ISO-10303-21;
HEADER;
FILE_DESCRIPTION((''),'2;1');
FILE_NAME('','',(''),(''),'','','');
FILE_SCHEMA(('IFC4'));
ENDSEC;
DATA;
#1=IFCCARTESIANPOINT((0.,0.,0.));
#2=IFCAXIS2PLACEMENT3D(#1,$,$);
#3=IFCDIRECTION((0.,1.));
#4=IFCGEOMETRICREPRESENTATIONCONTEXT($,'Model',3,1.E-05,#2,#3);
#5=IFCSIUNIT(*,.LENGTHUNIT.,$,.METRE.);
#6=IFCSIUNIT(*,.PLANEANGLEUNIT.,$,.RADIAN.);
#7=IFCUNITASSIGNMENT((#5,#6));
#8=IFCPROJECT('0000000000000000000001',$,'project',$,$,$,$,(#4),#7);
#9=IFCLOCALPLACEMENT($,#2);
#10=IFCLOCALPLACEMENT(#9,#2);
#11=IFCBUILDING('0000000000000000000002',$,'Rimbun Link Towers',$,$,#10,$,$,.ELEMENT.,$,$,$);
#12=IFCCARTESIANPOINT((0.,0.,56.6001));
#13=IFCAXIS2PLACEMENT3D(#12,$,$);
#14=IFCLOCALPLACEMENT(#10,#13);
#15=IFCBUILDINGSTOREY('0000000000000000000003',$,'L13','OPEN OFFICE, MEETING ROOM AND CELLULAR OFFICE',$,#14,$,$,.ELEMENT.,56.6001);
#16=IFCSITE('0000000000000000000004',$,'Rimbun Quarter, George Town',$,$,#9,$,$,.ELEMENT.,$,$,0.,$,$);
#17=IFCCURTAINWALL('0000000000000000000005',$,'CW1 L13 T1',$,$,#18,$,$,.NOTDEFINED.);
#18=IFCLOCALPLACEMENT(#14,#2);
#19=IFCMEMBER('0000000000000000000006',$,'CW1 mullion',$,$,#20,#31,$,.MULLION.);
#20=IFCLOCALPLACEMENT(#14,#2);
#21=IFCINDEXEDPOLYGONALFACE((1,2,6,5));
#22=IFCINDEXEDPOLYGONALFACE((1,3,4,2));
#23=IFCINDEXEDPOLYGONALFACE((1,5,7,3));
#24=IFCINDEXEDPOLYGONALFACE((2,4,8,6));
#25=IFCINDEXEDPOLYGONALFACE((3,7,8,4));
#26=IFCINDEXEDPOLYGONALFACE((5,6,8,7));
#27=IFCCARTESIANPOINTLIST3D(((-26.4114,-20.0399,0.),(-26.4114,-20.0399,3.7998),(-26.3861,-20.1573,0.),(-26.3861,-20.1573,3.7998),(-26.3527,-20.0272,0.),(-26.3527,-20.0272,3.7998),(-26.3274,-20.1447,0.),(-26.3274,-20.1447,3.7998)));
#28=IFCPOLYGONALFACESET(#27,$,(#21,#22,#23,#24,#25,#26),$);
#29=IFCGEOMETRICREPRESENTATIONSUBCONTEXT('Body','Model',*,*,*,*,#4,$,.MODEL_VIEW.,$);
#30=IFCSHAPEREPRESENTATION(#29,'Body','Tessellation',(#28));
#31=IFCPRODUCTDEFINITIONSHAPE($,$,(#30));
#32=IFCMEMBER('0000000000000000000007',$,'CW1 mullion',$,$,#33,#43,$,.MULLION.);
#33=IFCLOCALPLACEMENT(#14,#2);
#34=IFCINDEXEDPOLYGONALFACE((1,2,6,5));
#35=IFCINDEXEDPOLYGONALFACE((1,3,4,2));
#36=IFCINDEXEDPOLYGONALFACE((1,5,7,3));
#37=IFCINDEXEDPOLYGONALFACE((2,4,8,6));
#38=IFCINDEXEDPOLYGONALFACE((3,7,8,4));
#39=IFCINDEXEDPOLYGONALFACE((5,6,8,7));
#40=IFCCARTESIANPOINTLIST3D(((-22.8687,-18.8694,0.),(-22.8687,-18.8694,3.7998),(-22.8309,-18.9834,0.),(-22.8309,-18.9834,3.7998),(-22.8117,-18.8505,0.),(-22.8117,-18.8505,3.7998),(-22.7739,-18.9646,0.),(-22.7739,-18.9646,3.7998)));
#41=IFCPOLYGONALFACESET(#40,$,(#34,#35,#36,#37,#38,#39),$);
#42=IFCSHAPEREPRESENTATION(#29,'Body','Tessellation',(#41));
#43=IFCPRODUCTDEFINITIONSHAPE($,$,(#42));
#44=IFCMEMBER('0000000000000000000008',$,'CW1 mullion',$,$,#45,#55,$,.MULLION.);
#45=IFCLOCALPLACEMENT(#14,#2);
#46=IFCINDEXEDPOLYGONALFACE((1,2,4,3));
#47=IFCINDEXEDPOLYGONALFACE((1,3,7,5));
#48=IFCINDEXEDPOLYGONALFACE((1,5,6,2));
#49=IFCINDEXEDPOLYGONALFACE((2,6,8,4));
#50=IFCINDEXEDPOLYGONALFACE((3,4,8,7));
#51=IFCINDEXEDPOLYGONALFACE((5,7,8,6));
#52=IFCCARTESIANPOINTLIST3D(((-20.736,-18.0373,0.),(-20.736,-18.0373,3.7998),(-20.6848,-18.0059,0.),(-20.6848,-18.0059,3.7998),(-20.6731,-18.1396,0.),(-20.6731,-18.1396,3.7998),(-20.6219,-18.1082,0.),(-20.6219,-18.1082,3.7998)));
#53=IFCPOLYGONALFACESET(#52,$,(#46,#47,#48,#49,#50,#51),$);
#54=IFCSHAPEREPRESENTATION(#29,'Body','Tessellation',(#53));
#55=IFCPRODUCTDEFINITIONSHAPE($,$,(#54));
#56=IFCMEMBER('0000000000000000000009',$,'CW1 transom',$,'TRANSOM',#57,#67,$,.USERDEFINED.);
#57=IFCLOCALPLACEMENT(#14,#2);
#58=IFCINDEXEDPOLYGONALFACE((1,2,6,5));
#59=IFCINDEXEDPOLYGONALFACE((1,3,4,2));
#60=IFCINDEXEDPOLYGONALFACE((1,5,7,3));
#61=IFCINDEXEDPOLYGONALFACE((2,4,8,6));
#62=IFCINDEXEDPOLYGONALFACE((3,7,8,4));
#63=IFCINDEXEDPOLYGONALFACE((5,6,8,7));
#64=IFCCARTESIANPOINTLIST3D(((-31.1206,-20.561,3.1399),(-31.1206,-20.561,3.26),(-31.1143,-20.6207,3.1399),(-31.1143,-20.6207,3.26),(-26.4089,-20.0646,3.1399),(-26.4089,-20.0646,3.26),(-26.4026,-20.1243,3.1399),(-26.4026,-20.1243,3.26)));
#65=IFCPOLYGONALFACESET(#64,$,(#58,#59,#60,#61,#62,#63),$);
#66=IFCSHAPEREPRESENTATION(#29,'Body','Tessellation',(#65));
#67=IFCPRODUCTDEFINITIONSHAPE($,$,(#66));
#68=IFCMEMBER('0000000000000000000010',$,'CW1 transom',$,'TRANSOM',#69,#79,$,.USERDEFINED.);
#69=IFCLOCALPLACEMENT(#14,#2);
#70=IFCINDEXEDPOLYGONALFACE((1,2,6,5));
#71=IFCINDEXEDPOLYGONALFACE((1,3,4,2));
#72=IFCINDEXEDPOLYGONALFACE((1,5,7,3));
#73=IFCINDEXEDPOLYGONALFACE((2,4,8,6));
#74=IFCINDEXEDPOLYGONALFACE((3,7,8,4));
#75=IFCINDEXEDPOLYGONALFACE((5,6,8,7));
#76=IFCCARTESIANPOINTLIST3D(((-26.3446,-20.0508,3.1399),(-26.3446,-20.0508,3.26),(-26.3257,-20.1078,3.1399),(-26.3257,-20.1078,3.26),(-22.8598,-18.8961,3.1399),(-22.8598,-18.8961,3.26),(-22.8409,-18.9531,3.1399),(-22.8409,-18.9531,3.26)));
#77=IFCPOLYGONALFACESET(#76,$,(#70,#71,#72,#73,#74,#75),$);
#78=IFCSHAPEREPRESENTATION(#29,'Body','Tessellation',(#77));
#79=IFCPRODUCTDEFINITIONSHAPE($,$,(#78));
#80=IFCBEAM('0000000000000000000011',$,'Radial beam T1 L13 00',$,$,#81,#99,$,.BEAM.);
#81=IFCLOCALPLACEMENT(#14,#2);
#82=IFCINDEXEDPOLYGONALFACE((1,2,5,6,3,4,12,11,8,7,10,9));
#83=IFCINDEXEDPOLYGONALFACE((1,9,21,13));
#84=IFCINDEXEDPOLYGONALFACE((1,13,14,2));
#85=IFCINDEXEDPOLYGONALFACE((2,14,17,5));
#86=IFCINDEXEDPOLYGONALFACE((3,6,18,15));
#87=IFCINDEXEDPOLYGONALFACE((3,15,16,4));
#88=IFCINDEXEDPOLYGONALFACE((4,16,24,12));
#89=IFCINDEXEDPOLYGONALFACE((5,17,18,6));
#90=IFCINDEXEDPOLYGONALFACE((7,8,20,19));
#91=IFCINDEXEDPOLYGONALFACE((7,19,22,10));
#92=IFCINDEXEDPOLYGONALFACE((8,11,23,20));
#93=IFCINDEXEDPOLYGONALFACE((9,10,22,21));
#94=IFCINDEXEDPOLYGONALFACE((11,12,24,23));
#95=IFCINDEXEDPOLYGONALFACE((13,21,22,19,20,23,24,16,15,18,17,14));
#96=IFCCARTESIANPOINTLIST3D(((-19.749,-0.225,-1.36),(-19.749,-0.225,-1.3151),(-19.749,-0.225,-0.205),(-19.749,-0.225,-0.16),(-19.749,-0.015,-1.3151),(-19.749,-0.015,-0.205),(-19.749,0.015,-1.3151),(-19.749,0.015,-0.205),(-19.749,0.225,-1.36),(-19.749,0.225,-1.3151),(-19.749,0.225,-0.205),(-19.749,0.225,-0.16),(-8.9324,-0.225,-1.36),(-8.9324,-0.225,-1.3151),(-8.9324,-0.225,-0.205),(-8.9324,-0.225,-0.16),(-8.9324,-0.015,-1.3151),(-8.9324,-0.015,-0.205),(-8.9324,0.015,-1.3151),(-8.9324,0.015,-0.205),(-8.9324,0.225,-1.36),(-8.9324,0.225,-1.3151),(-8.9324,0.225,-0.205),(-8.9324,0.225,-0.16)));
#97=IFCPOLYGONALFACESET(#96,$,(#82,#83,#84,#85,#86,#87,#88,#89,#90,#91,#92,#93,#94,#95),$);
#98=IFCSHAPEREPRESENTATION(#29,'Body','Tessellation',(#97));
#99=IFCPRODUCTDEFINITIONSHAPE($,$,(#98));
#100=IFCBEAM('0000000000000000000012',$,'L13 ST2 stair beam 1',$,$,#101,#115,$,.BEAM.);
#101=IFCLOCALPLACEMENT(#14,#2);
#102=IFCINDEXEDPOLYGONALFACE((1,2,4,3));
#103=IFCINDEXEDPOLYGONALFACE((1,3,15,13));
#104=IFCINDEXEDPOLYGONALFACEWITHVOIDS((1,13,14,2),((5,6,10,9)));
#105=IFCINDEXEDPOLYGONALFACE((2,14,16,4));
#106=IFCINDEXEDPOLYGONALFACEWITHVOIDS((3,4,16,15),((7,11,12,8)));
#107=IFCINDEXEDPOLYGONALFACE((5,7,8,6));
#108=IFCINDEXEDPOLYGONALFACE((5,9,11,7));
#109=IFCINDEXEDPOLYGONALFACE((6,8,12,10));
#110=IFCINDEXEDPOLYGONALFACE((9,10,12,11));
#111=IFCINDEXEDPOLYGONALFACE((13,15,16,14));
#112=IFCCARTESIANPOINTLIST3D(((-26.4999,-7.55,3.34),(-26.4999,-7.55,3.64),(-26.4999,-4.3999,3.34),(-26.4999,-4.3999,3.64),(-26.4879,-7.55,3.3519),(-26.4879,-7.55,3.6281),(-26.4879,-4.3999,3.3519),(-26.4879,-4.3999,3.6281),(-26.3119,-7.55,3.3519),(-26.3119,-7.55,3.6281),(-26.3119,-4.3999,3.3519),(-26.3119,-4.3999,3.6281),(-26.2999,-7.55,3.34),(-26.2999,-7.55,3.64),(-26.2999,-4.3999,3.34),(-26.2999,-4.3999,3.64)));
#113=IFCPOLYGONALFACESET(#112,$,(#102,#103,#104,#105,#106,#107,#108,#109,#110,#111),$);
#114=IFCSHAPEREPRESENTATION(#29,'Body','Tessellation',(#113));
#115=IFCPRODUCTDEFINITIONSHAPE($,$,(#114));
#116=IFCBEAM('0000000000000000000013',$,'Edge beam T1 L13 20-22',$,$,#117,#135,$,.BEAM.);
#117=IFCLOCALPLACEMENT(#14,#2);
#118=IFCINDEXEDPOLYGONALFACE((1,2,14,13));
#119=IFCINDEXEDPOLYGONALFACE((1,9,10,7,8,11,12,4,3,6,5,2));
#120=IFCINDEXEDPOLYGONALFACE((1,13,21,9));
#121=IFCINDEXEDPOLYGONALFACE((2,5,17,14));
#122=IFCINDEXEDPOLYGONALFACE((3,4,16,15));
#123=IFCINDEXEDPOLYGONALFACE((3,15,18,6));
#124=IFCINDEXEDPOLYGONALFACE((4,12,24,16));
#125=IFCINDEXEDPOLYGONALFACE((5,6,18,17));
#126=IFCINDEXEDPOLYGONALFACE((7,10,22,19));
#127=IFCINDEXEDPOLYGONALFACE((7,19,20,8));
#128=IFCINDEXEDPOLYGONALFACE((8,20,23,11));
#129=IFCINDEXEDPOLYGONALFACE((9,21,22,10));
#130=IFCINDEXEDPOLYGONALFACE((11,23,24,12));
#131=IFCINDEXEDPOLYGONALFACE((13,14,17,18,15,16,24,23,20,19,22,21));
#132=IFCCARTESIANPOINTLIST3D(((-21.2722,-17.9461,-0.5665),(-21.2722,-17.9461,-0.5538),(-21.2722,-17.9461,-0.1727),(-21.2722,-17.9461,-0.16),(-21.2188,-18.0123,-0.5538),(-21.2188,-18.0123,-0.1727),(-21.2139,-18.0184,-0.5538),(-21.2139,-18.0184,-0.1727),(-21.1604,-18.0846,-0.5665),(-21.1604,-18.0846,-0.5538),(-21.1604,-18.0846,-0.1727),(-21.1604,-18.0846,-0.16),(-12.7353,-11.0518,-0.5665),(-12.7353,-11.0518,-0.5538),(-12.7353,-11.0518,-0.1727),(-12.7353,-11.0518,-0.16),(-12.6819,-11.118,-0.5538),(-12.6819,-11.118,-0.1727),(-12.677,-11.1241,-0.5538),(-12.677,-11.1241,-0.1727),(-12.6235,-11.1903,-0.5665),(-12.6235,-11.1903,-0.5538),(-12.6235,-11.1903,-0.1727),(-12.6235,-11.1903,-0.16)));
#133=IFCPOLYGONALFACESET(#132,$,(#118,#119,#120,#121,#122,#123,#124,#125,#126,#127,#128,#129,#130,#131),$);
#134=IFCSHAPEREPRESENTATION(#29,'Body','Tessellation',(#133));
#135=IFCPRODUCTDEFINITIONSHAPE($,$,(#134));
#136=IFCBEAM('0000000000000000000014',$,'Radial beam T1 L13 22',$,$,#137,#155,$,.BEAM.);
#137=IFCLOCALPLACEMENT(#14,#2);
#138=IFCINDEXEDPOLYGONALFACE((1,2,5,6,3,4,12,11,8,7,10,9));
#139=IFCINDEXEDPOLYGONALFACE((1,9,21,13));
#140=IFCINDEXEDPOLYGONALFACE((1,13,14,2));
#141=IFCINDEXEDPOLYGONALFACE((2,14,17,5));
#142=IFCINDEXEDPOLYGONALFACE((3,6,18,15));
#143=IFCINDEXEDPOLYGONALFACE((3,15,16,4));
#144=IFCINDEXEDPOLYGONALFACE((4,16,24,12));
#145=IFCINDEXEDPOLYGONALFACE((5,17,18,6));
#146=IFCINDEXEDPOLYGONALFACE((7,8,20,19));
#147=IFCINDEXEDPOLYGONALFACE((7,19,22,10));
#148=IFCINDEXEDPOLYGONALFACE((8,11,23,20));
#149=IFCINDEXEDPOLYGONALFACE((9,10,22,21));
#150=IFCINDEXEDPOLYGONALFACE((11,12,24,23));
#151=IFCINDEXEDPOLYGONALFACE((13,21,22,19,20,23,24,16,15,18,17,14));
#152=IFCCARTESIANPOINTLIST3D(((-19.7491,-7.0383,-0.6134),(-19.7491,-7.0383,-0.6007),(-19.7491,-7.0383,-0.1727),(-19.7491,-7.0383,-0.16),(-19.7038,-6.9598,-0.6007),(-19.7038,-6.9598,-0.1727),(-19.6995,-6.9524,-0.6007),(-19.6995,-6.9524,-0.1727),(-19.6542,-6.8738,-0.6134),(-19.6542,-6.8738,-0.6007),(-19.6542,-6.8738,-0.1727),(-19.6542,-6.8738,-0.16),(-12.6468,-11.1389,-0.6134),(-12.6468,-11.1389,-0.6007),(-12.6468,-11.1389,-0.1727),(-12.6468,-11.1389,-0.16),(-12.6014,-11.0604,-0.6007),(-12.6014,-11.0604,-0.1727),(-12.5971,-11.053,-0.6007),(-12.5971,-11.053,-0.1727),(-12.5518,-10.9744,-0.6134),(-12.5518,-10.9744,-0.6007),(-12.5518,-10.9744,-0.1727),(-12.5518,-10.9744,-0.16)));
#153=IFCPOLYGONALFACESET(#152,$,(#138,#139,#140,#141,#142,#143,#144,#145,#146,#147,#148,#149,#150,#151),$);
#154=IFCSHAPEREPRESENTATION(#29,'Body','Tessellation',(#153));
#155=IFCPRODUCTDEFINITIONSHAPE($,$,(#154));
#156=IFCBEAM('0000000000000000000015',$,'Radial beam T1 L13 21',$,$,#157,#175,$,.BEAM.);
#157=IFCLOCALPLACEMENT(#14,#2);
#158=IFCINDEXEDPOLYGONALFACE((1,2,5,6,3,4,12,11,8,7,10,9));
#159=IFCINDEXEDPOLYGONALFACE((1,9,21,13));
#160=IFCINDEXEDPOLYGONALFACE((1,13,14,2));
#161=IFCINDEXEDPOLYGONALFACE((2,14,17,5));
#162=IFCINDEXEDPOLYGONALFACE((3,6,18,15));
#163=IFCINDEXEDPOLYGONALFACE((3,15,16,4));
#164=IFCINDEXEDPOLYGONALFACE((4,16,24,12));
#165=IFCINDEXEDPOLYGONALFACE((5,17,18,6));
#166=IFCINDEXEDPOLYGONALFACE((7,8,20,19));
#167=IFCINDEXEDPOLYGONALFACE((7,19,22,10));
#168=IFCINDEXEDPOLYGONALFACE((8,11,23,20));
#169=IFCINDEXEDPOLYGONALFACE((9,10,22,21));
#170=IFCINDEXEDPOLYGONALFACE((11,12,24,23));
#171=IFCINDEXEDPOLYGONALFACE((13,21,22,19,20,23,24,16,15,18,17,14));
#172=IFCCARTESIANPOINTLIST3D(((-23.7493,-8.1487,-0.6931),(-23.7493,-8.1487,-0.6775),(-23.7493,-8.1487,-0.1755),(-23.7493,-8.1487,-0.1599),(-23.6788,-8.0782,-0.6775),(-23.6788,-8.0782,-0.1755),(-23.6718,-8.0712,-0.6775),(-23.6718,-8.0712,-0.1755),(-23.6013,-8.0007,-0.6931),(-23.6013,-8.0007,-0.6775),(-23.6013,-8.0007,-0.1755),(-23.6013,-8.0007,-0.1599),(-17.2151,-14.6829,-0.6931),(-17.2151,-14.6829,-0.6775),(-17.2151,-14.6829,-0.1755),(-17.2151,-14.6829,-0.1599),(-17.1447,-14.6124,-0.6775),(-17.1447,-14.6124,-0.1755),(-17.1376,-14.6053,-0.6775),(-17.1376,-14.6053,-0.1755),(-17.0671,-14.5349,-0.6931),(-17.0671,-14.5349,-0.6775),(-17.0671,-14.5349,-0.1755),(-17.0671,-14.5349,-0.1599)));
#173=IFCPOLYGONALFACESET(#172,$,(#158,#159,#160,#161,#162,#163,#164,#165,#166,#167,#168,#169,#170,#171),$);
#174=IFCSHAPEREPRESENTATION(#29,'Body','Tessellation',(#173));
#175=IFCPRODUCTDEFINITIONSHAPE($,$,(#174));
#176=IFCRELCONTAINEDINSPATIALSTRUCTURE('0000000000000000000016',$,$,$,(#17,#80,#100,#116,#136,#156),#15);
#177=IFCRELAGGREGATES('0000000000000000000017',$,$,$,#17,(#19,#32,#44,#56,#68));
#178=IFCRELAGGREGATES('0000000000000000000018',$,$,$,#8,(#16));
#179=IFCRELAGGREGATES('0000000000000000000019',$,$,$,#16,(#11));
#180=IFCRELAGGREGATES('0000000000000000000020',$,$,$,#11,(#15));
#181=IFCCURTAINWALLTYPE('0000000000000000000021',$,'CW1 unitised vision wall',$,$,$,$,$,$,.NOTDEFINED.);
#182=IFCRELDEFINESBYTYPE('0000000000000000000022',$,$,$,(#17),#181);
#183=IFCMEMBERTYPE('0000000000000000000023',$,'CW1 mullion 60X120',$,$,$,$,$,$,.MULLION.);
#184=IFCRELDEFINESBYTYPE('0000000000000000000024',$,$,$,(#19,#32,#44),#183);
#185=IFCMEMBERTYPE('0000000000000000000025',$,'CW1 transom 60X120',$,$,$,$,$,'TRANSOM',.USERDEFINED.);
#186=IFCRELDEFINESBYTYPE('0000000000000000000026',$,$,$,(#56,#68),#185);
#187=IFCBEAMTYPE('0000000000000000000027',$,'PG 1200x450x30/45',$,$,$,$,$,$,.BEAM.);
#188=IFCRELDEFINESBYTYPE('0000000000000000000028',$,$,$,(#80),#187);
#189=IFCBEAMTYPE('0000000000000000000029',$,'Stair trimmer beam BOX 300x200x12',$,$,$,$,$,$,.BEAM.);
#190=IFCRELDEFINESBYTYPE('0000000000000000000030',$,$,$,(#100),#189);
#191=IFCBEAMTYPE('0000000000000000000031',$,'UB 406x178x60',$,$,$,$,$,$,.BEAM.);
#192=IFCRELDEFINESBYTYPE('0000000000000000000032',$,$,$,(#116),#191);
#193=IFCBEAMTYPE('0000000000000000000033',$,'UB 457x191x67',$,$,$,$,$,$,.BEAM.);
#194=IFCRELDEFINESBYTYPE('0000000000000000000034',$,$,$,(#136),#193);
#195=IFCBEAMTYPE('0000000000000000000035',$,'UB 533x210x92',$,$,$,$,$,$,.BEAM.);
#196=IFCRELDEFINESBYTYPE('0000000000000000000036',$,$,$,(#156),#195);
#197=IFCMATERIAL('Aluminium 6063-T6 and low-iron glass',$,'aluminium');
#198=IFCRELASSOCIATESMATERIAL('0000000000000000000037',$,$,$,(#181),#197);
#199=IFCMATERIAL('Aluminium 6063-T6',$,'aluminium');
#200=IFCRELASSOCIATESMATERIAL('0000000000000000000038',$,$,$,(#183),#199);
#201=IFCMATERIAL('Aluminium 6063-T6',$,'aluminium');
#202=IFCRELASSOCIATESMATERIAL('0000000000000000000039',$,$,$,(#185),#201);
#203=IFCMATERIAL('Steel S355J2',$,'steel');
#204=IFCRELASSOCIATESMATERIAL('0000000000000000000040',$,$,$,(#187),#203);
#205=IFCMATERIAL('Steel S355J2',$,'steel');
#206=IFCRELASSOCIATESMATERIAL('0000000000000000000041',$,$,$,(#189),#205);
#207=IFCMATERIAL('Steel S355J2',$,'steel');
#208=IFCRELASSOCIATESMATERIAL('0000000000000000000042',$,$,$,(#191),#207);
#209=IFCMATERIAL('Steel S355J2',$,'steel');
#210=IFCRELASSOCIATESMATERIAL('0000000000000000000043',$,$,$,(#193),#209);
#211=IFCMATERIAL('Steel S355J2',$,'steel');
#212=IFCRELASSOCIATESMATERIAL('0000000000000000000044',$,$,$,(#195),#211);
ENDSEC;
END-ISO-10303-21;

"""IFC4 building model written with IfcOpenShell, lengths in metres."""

from ifc_helpers import new_model, si_unit, direction, frame, origin, origin_2d, place, context, subcontext, project, spatial, rectangle, hollow_rectangle, i_section, extrude, material, material_profile, profile_set, type_object, element, aggregate, save


model = new_model("IFC4")

# Units and contexts
model_context = context("Model", 3, precision=1e-05, world=origin(), true_north=direction((0.0, 1.0)))
body_context = subcontext(model_context, "Body", "Model", "MODEL_VIEW")
ifc_project = project(units=[si_unit("LENGTHUNIT", "METRE"), si_unit("PLANEANGLEUNIT", "RADIAN")], contexts=[model_context])

# Site, building, storey
site_placement = place(None, origin())
site = spatial("IfcSite", under=ifc_project, at=site_placement, Name="Rimbun Quarter, George Town", CompositionType="ELEMENT", RefElevation=0.0)
building_placement = place(site_placement, origin())
building = spatial("IfcBuilding", under=site, at=building_placement, Name="Rimbun Link Towers", CompositionType="ELEMENT")
storey_placement = place(building_placement, frame((0.0, 0.0, 56.6001)))
storey = spatial("IfcBuildingStorey", under=building, at=storey_placement, Name="L13", Description="OPEN OFFICE, MEETING ROOM AND CELLULAR OFFICE", CompositionType="ELEMENT", Elevation=56.6001)

# Curtain wall, members
ifc_material_1 = material(Name="Aluminium 6063-T6 and low-iron glass", Category="aluminium")
curtain_wall_type = type_object("IfcCurtainWallType", Name="CW1 unitised vision wall", PredefinedType="NOTDEFINED", material=ifc_material_1)
curtain_wall_placement = place(storey_placement, origin())
curtain_wall = element("IfcCurtainWall", 1, at=curtain_wall_placement, inside=storey, type_object=curtain_wall_type, Name="CW1 L13 T1", PredefinedType="NOTDEFINED")
ifc_material_2 = material(Name="Aluminium 6063-T6", Category="aluminium")
ifc_material_profile_1 = material_profile(ifc_material_2, rectangle(XDim=0.1201, YDim=0.0601, at=origin_2d()), Name="MULLION 60X120")
ifc_profile_set_1 = profile_set([ifc_material_profile_1], Name="Aluminium 6063-T6")
member_type_1 = type_object("IfcMemberType", Name="CW1 mullion 60X120", PredefinedType="MULLION", material=ifc_profile_set_1)
member_1_placement = place(storey_placement, frame((-26.3694, -20.0923, 0.0), z_axis=(0.0, 0.0, 1.0), x_axis=(0.210874, -0.977513, 0.0)))
member_1 = element("IfcMember", 2, at=member_1_placement, type_object=member_type_1, Name="CW1 mullion", PredefinedType="MULLION", context=body_context, shape_type="SweptSolid", body=[
    extrude(rectangle(XDim=0.1201, YDim=0.0601, at=origin_2d()), origin(), (0.0, 0.0, 1.0), 3.7998),
])
member_2_placement = place(storey_placement, frame((-22.8213, -18.917, 0.0), z_axis=(0.0, 0.0, 1.0), x_axis=(0.314563, -0.949236, 0.0)))
member_2 = element("IfcMember", 3, at=member_2_placement, type_object=member_type_1, Name="CW1 mullion", PredefinedType="MULLION", context=body_context, shape_type="SweptSolid", body=[
    extrude(rectangle(XDim=0.1201, YDim=0.0601, at=origin_2d()), origin(), (0.0, 0.0, 1.0), 3.7998),
])
member_3_placement = place(storey_placement, frame((-20.679, -18.0728, 0.0), z_axis=(0.0, 0.0, 1.0), x_axis=(0.523243, -0.852183, 0.0)))
member_3 = element("IfcMember", 4, at=member_3_placement, type_object=member_type_1, Name="CW1 mullion", PredefinedType="MULLION", context=body_context, shape_type="SweptSolid", body=[
    extrude(rectangle(XDim=0.1201, YDim=0.0601, at=origin_2d()), origin(), (0.0, 0.0, 1.0), 3.7998),
])
ifc_material_3 = material(Name="Aluminium 6063-T6", Category="aluminium")
ifc_material_profile_2 = material_profile(ifc_material_3, rectangle(XDim=0.0601, YDim=0.1201, at=origin_2d()), Name="TRANSOM 60X120")
ifc_profile_set_2 = profile_set([ifc_material_profile_2], Name="Aluminium 6063-T6")
member_type_2 = type_object("IfcMemberType", Name="CW1 transom 60X120", ElementType="TRANSOM", PredefinedType="USERDEFINED", material=ifc_profile_set_2)
member_4_placement = place(storey_placement, frame((-26.4058, -20.0945, 3.2), z_axis=(-0.994497, -0.104763, 0.0), x_axis=(0.104763, -0.994497, 0.0)))
member_4 = element("IfcMember", 5, at=member_4_placement, type_object=member_type_2, Name="CW1 transom", ObjectType="TRANSOM", PredefinedType="USERDEFINED", context=body_context, shape_type="SweptSolid", body=[
    extrude(rectangle(XDim=0.0601, YDim=0.1201, at=origin_2d()), origin(), (0.0, 0.0, 1.0), 4.7378),
])
member_5_placement = place(storey_placement, frame((-22.8503, -18.9246, 3.2), z_axis=(-0.94924, -0.314551, 0.0), x_axis=(0.314551, -0.94924, 0.0)))
member_5 = element("IfcMember", 6, at=member_5_placement, type_object=member_type_2, Name="CW1 transom", ObjectType="TRANSOM", PredefinedType="USERDEFINED", context=body_context, shape_type="SweptSolid", body=[
    extrude(rectangle(XDim=0.0601, YDim=0.1201, at=origin_2d()), origin(), (0.0, 0.0, 1.0), 3.6711),
])

# Beams
ifc_material_4 = material(Name="Steel S355J2", Category="steel")
ifc_material_profile_3 = material_profile(ifc_material_4, i_section(OverallWidth=0.45, OverallDepth=1.2, WebThickness=0.03, FlangeThickness=0.0449, at=origin_2d()), Name="PG 1200x450x30/45")
ifc_profile_set_3 = profile_set([ifc_material_profile_3], Name="Steel S355J2")
beam_type_1 = type_object("IfcBeamType", Name="PG 1200x450x30/45", PredefinedType="BEAM", material=ifc_profile_set_3)
beam_1_placement = place(storey_placement, frame((-19.749, 0.0, -0.76), z_axis=(1.0, 0.0, 0.0), x_axis=(0.0, 1.0, 0.0)))
element("IfcBeam", 7, at=beam_1_placement, inside=storey, type_object=beam_type_1, Name="Radial beam T1 L13 00", PredefinedType="BEAM", context=body_context, shape_type="SweptSolid", body=[
    extrude(i_section(OverallWidth=0.45, OverallDepth=1.2, WebThickness=0.03, FlangeThickness=0.0449, at=origin_2d()), origin(), (0.0, 0.0, 1.0), 10.8167),
])
ifc_material_5 = material(Name="Steel S355J2", Category="steel")
ifc_material_profile_4 = material_profile(ifc_material_5, hollow_rectangle(XDim=0.2, YDim=0.3, WallThickness=0.012, at=origin_2d()), Name="BOX 300x200x12")
ifc_profile_set_4 = profile_set([ifc_material_profile_4], Name="Steel S355J2")
beam_type_2 = type_object("IfcBeamType", Name="Stair trimmer beam BOX 300x200x12", PredefinedType="BEAM", material=ifc_profile_set_4)
beam_2_placement = place(storey_placement, frame((-26.3999, -7.55, 3.49), z_axis=(0.0, 1.0, 0.0), x_axis=(-1.0, 0.0, 0.0)))
element("IfcBeam", 8, at=beam_2_placement, inside=storey, type_object=beam_type_2, Name="L13 ST2 stair beam 1", PredefinedType="BEAM", context=body_context, shape_type="SweptSolid", body=[
    extrude(hollow_rectangle(XDim=0.2, YDim=0.3, WallThickness=0.012, at=origin_2d()), origin(), (0.0, 0.0, 1.0), 3.1501),
])
ifc_material_6 = material(Name="Steel S355J2", Category="steel")
ifc_material_profile_5 = material_profile(ifc_material_6, i_section(OverallWidth=0.178, OverallDepth=0.4065, WebThickness=0.0078, FlangeThickness=0.0127, at=origin_2d()), Name="UB 406x178x60")
ifc_profile_set_5 = profile_set([ifc_material_profile_5], Name="Steel S355J2")
beam_type_3 = type_object("IfcBeamType", Name="UB 406x178x60", PredefinedType="BEAM", material=ifc_profile_set_5)
beam_3_placement = place(storey_placement, frame((-21.2163, -18.0154, -0.3633), z_axis=(0.77798, 0.628289, 0.0), x_axis=(-0.628289, 0.77798, 0.0)))
element("IfcBeam", 9, at=beam_3_placement, inside=storey, type_object=beam_type_3, Name="Edge beam T1 L13 20-22", PredefinedType="BEAM", context=body_context, shape_type="SweptSolid", body=[
    extrude(i_section(OverallWidth=0.178, OverallDepth=0.4065, WebThickness=0.0078, FlangeThickness=0.0127, at=origin_2d()), origin(), (0.0, 0.0, 1.0), 10.9731),
])
ifc_material_7 = material(Name="Steel S355J2", Category="steel")
ifc_material_profile_6 = material_profile(ifc_material_7, i_section(OverallWidth=0.1899, OverallDepth=0.4534, WebThickness=0.0085, FlangeThickness=0.0127, at=origin_2d()), Name="UB 457x191x67")
ifc_profile_set_6 = profile_set([ifc_material_profile_6], Name="Steel S355J2")
beam_type_4 = type_object("IfcBeamType", Name="UB 457x191x67", PredefinedType="BEAM", material=ifc_profile_set_6)
beam_4_placement = place(storey_placement, frame((-19.7017, -6.9561, -0.3867), z_axis=(0.866021, -0.500007, 0.0), x_axis=(0.500007, 0.866021, 0.0)))
element("IfcBeam", 10, at=beam_4_placement, inside=storey, type_object=beam_type_4, Name="Radial beam T1 L13 22", PredefinedType="BEAM", context=body_context, shape_type="SweptSolid", body=[
    extrude(i_section(OverallWidth=0.1899, OverallDepth=0.4534, WebThickness=0.0085, FlangeThickness=0.0127, at=origin_2d()), origin(), (0.0, 0.0, 1.0), 8.2012),
])
ifc_material_8 = material(Name="Steel S355J2", Category="steel")
ifc_material_profile_7 = material_profile(ifc_material_8, i_section(OverallWidth=0.2092, OverallDepth=0.5332, WebThickness=0.01, FlangeThickness=0.0156, at=origin_2d()), Name="UB 533x210x92")
ifc_profile_set_7 = profile_set([ifc_material_profile_7], Name="Steel S355J2")
beam_type_5 = type_object("IfcBeamType", Name="UB 533x210x92", PredefinedType="BEAM", material=ifc_profile_set_7)
beam_5_placement = place(storey_placement, frame((-23.6753, -8.0747, -0.4265), z_axis=(0.707107, -0.707107, 0.0), x_axis=(0.707107, 0.707107, 0.0)))
element("IfcBeam", 11, at=beam_5_placement, inside=storey, type_object=beam_type_5, Name="Radial beam T1 L13 21", PredefinedType="BEAM", context=body_context, shape_type="SweptSolid", body=[
    extrude(i_section(OverallWidth=0.2092, OverallDepth=0.5332, WebThickness=0.01, FlangeThickness=0.0156, at=origin_2d()), origin(), (0.0, 0.0, 1.0), 9.2407),
])

aggregate(curtain_wall, [member_1, member_2, member_3, member_4, member_5])

save(model, "model.ifc")
